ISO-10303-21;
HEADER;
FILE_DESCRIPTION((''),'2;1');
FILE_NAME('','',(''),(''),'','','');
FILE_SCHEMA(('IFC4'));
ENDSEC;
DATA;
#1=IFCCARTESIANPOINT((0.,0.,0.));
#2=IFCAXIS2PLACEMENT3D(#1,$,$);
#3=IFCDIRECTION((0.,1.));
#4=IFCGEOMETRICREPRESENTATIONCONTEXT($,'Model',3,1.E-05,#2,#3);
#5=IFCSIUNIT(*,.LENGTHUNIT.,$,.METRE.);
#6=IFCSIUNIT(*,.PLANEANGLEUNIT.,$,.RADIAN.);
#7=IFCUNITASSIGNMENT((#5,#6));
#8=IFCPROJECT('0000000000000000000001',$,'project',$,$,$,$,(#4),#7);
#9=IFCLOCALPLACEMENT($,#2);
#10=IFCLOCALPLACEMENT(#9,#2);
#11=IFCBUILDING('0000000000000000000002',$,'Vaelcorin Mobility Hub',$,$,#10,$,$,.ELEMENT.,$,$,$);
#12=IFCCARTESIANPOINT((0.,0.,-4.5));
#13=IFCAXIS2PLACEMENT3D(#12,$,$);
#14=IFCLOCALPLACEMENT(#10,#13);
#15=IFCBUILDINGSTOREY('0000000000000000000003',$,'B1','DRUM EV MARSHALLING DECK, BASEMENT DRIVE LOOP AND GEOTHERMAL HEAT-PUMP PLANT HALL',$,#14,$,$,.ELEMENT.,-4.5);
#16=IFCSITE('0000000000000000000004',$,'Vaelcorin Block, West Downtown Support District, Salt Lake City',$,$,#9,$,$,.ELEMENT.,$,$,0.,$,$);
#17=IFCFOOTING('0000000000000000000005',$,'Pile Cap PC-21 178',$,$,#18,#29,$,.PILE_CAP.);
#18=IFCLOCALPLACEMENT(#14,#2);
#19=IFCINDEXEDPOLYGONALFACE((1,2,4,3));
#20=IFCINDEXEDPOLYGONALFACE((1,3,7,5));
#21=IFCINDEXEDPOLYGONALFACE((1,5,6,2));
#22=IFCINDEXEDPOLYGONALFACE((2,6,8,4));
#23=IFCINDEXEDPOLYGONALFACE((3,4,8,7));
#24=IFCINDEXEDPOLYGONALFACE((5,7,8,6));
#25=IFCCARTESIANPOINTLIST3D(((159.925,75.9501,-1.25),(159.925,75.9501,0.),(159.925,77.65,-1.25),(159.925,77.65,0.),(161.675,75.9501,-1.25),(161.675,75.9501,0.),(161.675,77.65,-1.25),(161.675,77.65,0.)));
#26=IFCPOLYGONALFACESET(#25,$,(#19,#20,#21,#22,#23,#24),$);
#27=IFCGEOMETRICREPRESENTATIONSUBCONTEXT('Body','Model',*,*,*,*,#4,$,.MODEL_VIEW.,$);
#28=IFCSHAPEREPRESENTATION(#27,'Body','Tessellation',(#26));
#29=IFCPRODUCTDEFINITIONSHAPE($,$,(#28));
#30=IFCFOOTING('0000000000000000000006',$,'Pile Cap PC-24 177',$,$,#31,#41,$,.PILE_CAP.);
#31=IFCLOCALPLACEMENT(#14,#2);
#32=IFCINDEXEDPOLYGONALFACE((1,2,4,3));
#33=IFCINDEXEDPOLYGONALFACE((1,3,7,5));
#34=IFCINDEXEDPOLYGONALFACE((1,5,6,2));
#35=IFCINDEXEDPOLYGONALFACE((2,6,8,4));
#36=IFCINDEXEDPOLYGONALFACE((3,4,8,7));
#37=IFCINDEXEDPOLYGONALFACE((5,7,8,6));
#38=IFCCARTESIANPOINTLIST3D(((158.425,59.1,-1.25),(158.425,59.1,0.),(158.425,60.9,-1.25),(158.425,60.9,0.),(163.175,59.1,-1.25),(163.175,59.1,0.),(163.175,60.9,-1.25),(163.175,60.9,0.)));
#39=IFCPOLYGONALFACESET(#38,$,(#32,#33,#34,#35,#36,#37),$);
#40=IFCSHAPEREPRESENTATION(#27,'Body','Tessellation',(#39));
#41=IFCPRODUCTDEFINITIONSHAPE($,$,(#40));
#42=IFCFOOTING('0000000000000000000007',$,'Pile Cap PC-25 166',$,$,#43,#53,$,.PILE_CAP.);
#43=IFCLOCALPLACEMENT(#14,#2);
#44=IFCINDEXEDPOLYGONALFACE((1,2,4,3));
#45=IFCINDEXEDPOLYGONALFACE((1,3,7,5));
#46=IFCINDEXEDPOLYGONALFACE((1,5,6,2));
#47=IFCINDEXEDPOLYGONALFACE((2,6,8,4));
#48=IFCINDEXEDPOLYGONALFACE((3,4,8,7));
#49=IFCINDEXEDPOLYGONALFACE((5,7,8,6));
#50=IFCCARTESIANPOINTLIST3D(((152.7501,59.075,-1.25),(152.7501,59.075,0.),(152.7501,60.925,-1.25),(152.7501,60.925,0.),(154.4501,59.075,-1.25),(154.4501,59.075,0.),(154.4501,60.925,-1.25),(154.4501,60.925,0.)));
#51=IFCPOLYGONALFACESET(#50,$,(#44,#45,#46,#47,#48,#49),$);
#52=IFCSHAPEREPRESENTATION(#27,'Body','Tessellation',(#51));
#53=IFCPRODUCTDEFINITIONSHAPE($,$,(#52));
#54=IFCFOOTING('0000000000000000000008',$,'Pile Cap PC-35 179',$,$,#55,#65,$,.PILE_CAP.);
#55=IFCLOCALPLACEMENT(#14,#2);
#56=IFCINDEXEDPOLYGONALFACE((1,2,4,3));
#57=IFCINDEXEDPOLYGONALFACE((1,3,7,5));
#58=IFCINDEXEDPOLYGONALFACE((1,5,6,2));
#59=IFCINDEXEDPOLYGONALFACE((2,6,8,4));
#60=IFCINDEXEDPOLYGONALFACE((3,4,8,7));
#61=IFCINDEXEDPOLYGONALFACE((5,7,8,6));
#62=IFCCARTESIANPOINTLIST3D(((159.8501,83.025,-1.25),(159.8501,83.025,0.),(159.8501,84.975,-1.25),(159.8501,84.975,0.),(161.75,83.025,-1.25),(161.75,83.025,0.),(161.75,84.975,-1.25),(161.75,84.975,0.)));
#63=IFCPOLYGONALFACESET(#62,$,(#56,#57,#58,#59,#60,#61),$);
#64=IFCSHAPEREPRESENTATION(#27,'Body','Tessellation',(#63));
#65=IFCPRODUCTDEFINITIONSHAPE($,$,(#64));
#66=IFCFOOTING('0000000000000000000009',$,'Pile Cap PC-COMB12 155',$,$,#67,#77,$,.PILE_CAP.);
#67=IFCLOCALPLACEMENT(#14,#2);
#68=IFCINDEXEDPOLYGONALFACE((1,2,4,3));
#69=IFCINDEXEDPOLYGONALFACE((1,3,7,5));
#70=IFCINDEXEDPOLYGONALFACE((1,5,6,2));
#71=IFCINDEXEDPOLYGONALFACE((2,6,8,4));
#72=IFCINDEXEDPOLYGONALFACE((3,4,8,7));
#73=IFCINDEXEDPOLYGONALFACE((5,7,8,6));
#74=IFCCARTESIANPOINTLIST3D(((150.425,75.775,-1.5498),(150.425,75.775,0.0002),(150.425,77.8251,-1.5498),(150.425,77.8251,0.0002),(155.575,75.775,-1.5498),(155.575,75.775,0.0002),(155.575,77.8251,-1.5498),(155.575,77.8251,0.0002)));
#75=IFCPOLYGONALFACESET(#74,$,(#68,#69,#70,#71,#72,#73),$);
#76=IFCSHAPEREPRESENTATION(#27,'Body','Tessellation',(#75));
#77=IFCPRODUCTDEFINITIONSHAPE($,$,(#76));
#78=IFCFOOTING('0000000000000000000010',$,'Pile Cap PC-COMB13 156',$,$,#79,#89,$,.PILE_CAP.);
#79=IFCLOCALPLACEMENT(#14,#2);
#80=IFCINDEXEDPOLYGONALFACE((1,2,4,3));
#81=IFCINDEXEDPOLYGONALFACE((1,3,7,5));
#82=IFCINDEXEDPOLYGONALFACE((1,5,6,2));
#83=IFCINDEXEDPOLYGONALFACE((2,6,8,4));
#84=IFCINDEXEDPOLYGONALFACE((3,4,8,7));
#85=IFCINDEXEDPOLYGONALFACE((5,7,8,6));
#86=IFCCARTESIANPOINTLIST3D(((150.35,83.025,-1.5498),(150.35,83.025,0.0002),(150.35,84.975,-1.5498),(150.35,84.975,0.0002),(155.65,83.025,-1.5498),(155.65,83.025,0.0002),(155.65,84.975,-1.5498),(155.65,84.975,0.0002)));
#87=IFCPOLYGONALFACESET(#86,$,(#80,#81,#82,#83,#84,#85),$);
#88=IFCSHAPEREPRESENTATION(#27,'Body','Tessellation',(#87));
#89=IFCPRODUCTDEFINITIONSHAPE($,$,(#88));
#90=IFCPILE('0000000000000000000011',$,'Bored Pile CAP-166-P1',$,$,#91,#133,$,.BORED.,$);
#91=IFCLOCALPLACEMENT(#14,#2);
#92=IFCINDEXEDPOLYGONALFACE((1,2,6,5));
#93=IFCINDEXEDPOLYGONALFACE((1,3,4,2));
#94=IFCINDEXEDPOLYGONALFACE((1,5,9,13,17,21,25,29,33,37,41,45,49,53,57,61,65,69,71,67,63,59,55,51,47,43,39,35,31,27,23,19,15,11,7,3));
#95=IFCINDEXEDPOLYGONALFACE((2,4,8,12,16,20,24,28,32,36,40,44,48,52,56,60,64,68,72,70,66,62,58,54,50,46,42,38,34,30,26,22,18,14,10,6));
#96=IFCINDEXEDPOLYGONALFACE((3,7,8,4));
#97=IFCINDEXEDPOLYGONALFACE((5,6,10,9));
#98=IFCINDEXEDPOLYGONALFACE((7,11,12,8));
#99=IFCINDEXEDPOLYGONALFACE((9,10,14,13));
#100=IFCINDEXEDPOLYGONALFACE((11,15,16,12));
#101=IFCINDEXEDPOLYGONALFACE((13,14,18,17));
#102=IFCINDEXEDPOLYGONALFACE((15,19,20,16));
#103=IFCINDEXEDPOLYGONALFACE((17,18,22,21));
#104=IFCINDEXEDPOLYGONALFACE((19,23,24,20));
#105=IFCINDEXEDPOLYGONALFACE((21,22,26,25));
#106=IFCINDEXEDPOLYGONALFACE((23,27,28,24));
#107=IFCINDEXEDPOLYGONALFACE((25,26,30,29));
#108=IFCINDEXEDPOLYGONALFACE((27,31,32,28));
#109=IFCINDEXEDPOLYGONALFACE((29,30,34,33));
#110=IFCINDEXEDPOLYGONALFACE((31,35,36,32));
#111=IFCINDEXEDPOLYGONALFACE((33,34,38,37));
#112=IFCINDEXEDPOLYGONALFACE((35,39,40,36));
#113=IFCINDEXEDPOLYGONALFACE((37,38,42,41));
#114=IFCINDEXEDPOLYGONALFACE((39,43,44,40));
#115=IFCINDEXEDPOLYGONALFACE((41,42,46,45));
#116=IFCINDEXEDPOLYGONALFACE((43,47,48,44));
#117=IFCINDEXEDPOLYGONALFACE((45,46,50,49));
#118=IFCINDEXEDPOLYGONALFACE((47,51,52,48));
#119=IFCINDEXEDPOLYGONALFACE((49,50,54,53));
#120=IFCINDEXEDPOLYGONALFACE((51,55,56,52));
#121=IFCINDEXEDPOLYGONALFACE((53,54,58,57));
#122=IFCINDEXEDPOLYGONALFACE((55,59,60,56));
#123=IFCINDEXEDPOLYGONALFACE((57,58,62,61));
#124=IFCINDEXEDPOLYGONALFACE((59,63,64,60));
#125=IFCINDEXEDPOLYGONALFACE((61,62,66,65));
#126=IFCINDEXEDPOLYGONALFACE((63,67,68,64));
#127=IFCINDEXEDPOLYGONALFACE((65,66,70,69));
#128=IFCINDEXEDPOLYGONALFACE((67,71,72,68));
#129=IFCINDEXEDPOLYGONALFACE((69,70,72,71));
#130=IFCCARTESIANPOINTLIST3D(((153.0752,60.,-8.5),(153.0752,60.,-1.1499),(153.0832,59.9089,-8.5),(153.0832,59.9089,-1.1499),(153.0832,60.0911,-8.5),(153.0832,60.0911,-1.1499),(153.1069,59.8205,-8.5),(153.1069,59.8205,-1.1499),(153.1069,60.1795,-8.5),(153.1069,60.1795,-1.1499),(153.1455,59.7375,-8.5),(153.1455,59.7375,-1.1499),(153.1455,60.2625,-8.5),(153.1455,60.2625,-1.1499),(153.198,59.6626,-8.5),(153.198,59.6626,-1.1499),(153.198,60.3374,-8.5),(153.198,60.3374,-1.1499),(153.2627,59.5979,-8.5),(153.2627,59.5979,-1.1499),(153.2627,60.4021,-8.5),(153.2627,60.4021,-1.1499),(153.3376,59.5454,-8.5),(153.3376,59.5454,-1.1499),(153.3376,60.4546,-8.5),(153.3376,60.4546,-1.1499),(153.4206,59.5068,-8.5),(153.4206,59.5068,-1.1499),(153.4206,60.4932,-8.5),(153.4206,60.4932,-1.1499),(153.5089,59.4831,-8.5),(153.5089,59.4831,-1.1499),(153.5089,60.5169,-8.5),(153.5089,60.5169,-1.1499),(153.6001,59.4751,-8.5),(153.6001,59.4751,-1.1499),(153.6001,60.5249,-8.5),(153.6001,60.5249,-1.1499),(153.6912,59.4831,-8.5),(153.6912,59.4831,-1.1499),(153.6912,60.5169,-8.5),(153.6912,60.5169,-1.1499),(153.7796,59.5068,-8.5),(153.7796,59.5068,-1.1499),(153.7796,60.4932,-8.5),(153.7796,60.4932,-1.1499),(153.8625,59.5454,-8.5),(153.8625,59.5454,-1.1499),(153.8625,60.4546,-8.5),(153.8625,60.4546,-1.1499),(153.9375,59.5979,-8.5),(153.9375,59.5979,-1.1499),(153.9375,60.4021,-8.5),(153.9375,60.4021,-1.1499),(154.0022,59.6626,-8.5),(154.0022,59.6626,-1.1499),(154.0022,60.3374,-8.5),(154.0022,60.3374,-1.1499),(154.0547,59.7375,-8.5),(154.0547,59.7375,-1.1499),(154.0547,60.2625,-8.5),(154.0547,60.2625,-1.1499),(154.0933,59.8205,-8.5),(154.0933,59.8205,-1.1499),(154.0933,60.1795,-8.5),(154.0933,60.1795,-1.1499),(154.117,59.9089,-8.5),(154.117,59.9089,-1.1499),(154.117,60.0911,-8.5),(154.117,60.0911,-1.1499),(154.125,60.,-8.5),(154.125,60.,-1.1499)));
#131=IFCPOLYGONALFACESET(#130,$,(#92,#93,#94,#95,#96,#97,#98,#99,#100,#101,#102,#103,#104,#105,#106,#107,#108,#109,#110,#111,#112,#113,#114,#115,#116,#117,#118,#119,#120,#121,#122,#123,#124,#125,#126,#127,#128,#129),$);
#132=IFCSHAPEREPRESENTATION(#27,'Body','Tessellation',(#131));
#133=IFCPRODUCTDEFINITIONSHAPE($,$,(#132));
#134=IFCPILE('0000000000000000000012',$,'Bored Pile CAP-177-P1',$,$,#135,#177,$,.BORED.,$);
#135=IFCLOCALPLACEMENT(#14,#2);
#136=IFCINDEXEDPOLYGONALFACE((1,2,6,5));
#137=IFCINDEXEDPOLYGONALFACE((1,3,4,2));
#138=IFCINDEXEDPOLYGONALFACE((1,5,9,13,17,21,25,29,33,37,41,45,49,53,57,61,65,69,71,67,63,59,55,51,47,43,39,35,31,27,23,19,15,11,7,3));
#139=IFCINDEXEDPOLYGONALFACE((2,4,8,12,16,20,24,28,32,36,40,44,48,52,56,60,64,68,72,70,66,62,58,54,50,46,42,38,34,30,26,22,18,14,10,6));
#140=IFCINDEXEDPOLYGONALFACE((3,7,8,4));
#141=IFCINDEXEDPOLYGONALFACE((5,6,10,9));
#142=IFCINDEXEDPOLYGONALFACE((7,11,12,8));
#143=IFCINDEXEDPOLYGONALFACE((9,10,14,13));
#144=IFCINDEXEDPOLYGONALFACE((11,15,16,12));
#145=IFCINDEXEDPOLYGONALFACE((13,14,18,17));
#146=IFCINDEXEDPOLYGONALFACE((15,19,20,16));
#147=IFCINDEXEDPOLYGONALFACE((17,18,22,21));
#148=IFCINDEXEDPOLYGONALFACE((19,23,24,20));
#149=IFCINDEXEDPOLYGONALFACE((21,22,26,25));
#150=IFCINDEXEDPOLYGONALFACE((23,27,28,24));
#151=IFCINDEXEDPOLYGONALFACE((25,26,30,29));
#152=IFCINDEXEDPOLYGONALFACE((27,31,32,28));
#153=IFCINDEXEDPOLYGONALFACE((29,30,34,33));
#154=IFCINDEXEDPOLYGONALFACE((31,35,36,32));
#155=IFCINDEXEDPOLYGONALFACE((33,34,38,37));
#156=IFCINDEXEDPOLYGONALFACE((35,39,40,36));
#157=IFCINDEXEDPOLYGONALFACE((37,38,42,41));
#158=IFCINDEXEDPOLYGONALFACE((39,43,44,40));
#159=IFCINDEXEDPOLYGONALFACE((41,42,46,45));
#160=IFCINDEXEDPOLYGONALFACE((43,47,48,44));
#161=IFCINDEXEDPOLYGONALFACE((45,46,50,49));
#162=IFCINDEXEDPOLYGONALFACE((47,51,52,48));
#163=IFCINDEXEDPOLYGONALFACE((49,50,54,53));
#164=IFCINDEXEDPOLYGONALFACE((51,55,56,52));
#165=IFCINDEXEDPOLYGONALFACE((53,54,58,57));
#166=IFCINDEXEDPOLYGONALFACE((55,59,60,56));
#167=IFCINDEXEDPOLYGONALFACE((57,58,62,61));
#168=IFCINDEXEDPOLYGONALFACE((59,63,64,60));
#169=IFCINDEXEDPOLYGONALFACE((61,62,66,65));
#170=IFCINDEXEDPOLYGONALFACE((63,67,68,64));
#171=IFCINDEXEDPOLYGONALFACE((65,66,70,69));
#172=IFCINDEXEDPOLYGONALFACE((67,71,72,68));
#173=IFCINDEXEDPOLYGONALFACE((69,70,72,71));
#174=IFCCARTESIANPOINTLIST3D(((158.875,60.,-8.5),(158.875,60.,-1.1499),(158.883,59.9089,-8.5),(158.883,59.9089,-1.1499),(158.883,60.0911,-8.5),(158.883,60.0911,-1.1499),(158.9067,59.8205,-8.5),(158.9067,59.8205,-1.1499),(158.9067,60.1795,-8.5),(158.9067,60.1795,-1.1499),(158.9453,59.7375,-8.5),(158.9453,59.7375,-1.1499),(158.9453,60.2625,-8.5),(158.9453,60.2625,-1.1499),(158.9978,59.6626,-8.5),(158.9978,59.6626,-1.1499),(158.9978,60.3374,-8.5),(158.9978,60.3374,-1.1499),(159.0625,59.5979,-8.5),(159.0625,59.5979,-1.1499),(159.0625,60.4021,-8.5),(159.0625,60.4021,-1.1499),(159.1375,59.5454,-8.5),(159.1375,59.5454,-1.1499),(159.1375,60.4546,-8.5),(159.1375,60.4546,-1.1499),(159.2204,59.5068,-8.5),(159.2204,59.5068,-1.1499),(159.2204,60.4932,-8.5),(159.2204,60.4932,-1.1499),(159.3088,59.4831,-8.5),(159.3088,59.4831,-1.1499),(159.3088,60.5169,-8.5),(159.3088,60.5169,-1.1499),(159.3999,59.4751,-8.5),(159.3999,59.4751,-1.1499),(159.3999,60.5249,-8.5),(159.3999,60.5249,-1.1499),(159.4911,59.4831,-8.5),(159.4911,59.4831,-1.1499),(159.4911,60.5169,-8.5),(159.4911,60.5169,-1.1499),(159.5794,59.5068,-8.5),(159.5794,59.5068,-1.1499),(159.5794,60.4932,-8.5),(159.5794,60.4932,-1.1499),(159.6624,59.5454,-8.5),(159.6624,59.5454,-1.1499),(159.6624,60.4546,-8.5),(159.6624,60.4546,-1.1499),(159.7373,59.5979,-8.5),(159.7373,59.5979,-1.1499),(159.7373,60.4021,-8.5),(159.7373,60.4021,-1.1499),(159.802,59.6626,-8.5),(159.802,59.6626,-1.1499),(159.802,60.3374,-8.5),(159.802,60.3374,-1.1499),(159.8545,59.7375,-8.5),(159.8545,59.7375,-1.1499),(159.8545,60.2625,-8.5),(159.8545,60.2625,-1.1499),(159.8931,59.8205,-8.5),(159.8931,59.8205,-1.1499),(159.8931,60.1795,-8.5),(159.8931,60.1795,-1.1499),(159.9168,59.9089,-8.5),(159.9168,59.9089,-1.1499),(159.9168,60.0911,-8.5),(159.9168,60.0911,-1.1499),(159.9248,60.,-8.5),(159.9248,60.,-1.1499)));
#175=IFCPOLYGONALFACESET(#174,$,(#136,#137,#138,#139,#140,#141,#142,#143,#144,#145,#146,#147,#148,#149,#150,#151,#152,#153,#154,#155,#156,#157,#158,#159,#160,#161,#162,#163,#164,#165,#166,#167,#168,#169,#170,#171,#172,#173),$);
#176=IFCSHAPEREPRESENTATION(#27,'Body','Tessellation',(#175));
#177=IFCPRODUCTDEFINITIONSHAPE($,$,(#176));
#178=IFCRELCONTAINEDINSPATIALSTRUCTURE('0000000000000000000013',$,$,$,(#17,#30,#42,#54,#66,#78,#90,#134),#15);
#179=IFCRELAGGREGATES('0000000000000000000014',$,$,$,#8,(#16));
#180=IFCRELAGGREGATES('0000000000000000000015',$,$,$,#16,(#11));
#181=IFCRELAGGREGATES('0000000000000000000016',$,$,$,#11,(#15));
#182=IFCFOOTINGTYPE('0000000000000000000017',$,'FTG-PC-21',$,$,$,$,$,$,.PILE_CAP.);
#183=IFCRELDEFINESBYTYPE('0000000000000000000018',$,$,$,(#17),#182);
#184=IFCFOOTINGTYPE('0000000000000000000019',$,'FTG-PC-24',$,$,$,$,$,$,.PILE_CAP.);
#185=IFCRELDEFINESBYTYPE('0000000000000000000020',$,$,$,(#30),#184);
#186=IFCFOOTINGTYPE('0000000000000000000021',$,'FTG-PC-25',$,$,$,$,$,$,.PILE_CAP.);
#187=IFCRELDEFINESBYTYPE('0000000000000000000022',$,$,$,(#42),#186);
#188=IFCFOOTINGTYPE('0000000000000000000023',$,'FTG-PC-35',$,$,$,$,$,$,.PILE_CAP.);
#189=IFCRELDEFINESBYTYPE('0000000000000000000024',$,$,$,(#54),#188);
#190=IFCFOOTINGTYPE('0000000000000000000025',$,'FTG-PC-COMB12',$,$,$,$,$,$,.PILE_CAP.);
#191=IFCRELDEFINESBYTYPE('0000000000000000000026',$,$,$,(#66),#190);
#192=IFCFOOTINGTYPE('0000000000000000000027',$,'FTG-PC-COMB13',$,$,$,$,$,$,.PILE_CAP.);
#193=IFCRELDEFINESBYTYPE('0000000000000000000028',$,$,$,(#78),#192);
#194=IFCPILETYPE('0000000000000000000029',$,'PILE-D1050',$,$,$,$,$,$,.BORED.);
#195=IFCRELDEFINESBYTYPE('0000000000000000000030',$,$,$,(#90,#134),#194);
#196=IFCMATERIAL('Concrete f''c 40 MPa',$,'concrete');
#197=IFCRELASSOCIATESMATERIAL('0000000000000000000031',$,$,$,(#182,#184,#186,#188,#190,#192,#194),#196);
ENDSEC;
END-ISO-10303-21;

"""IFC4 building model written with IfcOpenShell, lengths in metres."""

from ifc_helpers import new_model, si_unit, direction, frame, origin, origin_2d, place, context, subcontext, project, spatial, rectangle, circle, extrude, material, material_profile, profile_set, type_object, element, save


model = new_model("IFC4")

# Units and contexts
model_context = context("Model", 3, precision=1e-05, world=origin(), true_north=direction((0.0, 1.0)))
body_context = subcontext(model_context, "Body", "Model", "MODEL_VIEW")
ifc_project = project(units=[si_unit("LENGTHUNIT", "METRE"), si_unit("PLANEANGLEUNIT", "RADIAN")], contexts=[model_context])

# Site, building, storey
site_placement = place(None, origin())
site = spatial("IfcSite", under=ifc_project, at=site_placement, Name="Vaelcorin Block, West Downtown Support District, Salt Lake City", CompositionType="ELEMENT", RefElevation=0.0)
building_placement = place(site_placement, origin())
building = spatial("IfcBuilding", under=site, at=building_placement, Name="Vaelcorin Mobility Hub", CompositionType="ELEMENT")
storey_placement = place(building_placement, frame((0.0, 0.0, -4.5)))
storey = spatial("IfcBuildingStorey", under=building, at=storey_placement, Name="B1", Description="DRUM EV MARSHALLING DECK, BASEMENT DRIVE LOOP AND GEOTHERMAL HEAT-PUMP PLANT HALL", CompositionType="ELEMENT", Elevation=-4.5)

# Footings
ifc_material_1 = material(Name="Concrete f'c 40 MPa", Category="concrete")
footing_type_1 = type_object("IfcFootingType", Name="FTG-PC-21", PredefinedType="PILE_CAP", material=ifc_material_1)
footing_1_placement = place(storey_placement, frame((160.8, 76.8, -1.25), z_axis=(0.0, 0.0, 1.0), x_axis=(1.0, 0.0, 0.0)))
element("IfcFooting", 1, at=footing_1_placement, inside=storey, type_object=footing_type_1, Name="Pile Cap PC-21 178", PredefinedType="PILE_CAP", context=body_context, shape_type="SweptSolid", body=[
    extrude(rectangle(XDim=1.75, YDim=1.7, at=origin_2d()), origin(), (0.0, 0.0, 1.0), 1.25),
])
footing_type_2 = type_object("IfcFootingType", Name="FTG-PC-24", PredefinedType="PILE_CAP", material=ifc_material_1)
footing_2_placement = place(storey_placement, frame((160.8, 60.0, -1.25), z_axis=(0.0, 0.0, 1.0), x_axis=(1.0, 0.0, 0.0)))
element("IfcFooting", 2, at=footing_2_placement, inside=storey, type_object=footing_type_2, Name="Pile Cap PC-24 177", PredefinedType="PILE_CAP", context=body_context, shape_type="SweptSolid", body=[
    extrude(rectangle(XDim=4.75, YDim=1.8, at=origin_2d()), origin(), (0.0, 0.0, 1.0), 1.25),
])
footing_type_3 = type_object("IfcFootingType", Name="FTG-PC-25", PredefinedType="PILE_CAP", material=ifc_material_1)
footing_3_placement = place(storey_placement, frame((153.6001, 60.0, -1.25), z_axis=(0.0, 0.0, 1.0), x_axis=(1.0, 0.0, 0.0)))
element("IfcFooting", 3, at=footing_3_placement, inside=storey, type_object=footing_type_3, Name="Pile Cap PC-25 166", PredefinedType="PILE_CAP", context=body_context, shape_type="SweptSolid", body=[
    extrude(rectangle(XDim=1.7, YDim=1.8501, at=origin_2d()), origin(), (0.0, 0.0, 1.0), 1.25),
])
footing_type_4 = type_object("IfcFootingType", Name="FTG-PC-35", PredefinedType="PILE_CAP", material=ifc_material_1)
footing_4_placement = place(storey_placement, frame((160.8, 84.0, -1.25), z_axis=(0.0, 0.0, 1.0), x_axis=(1.0, 0.0, 0.0)))
element("IfcFooting", 4, at=footing_4_placement, inside=storey, type_object=footing_type_4, Name="Pile Cap PC-35 179", PredefinedType="PILE_CAP", context=body_context, shape_type="SweptSolid", body=[
    extrude(rectangle(XDim=1.8999, YDim=1.95, at=origin_2d()), origin(), (0.0, 0.0, 1.0), 1.25),
])
footing_type_5 = type_object("IfcFootingType", Name="FTG-PC-COMB12", PredefinedType="PILE_CAP", material=ifc_material_1)
footing_5_placement = place(storey_placement, frame((153.0, 76.8, -1.5498), z_axis=(0.0, 0.0, 1.0), x_axis=(1.0, 0.0, 0.0)))
element("IfcFooting", 5, at=footing_5_placement, inside=storey, type_object=footing_type_5, Name="Pile Cap PC-COMB12 155", PredefinedType="PILE_CAP", context=body_context, shape_type="SweptSolid", body=[
    extrude(rectangle(XDim=5.1499, YDim=2.05, at=origin_2d()), origin(), (0.0, 0.0, 1.0), 1.55),
])
footing_type_6 = type_object("IfcFootingType", Name="FTG-PC-COMB13", PredefinedType="PILE_CAP", material=ifc_material_1)
footing_6_placement = place(storey_placement, frame((153.0, 84.0, -1.5498), z_axis=(0.0, 0.0, 1.0), x_axis=(1.0, 0.0, 0.0)))
element("IfcFooting", 6, at=footing_6_placement, inside=storey, type_object=footing_type_6, Name="Pile Cap PC-COMB13 156", PredefinedType="PILE_CAP", context=body_context, shape_type="SweptSolid", body=[
    extrude(rectangle(XDim=5.3, YDim=1.95, at=origin_2d()), origin(), (0.0, 0.0, 1.0), 1.55),
])

# Piles
ifc_material_profile_1 = material_profile(ifc_material_1, circle(Radius=0.5249, at=origin_2d()), Name="BP-D1050")
ifc_profile_set_1 = profile_set([ifc_material_profile_1], Name="Concrete f'c 40 MPa")
pile_type_1 = type_object("IfcPileType", Name="PILE-D1050", PredefinedType="BORED", material=ifc_profile_set_1)
for number, where, z_axis, x_axis, name in (
    (7, (153.6001, 60.0, -1.1499), (0.0, 0.0, -1.0), (1.0, 0.0, 0.0), "Bored Pile CAP-166-P1"),
    (8, (159.3999, 60.0, -1.1499), (0.0, 0.0, -1.0), (1.0, 0.0, 0.0), "Bored Pile CAP-177-P1"),
):
    element("IfcPile", number, at=place(storey_placement, frame(where, z_axis=z_axis, x_axis=x_axis)), inside=storey, type_object=pile_type_1, Name=name, PredefinedType="BORED", context=body_context, shape_type="SweptSolid", body=[
        extrude(circle(Radius=0.5249, at=origin_2d()), origin(), (0.0, 0.0, 1.0), 7.3501),
    ])

save(model, "model.ifc")
